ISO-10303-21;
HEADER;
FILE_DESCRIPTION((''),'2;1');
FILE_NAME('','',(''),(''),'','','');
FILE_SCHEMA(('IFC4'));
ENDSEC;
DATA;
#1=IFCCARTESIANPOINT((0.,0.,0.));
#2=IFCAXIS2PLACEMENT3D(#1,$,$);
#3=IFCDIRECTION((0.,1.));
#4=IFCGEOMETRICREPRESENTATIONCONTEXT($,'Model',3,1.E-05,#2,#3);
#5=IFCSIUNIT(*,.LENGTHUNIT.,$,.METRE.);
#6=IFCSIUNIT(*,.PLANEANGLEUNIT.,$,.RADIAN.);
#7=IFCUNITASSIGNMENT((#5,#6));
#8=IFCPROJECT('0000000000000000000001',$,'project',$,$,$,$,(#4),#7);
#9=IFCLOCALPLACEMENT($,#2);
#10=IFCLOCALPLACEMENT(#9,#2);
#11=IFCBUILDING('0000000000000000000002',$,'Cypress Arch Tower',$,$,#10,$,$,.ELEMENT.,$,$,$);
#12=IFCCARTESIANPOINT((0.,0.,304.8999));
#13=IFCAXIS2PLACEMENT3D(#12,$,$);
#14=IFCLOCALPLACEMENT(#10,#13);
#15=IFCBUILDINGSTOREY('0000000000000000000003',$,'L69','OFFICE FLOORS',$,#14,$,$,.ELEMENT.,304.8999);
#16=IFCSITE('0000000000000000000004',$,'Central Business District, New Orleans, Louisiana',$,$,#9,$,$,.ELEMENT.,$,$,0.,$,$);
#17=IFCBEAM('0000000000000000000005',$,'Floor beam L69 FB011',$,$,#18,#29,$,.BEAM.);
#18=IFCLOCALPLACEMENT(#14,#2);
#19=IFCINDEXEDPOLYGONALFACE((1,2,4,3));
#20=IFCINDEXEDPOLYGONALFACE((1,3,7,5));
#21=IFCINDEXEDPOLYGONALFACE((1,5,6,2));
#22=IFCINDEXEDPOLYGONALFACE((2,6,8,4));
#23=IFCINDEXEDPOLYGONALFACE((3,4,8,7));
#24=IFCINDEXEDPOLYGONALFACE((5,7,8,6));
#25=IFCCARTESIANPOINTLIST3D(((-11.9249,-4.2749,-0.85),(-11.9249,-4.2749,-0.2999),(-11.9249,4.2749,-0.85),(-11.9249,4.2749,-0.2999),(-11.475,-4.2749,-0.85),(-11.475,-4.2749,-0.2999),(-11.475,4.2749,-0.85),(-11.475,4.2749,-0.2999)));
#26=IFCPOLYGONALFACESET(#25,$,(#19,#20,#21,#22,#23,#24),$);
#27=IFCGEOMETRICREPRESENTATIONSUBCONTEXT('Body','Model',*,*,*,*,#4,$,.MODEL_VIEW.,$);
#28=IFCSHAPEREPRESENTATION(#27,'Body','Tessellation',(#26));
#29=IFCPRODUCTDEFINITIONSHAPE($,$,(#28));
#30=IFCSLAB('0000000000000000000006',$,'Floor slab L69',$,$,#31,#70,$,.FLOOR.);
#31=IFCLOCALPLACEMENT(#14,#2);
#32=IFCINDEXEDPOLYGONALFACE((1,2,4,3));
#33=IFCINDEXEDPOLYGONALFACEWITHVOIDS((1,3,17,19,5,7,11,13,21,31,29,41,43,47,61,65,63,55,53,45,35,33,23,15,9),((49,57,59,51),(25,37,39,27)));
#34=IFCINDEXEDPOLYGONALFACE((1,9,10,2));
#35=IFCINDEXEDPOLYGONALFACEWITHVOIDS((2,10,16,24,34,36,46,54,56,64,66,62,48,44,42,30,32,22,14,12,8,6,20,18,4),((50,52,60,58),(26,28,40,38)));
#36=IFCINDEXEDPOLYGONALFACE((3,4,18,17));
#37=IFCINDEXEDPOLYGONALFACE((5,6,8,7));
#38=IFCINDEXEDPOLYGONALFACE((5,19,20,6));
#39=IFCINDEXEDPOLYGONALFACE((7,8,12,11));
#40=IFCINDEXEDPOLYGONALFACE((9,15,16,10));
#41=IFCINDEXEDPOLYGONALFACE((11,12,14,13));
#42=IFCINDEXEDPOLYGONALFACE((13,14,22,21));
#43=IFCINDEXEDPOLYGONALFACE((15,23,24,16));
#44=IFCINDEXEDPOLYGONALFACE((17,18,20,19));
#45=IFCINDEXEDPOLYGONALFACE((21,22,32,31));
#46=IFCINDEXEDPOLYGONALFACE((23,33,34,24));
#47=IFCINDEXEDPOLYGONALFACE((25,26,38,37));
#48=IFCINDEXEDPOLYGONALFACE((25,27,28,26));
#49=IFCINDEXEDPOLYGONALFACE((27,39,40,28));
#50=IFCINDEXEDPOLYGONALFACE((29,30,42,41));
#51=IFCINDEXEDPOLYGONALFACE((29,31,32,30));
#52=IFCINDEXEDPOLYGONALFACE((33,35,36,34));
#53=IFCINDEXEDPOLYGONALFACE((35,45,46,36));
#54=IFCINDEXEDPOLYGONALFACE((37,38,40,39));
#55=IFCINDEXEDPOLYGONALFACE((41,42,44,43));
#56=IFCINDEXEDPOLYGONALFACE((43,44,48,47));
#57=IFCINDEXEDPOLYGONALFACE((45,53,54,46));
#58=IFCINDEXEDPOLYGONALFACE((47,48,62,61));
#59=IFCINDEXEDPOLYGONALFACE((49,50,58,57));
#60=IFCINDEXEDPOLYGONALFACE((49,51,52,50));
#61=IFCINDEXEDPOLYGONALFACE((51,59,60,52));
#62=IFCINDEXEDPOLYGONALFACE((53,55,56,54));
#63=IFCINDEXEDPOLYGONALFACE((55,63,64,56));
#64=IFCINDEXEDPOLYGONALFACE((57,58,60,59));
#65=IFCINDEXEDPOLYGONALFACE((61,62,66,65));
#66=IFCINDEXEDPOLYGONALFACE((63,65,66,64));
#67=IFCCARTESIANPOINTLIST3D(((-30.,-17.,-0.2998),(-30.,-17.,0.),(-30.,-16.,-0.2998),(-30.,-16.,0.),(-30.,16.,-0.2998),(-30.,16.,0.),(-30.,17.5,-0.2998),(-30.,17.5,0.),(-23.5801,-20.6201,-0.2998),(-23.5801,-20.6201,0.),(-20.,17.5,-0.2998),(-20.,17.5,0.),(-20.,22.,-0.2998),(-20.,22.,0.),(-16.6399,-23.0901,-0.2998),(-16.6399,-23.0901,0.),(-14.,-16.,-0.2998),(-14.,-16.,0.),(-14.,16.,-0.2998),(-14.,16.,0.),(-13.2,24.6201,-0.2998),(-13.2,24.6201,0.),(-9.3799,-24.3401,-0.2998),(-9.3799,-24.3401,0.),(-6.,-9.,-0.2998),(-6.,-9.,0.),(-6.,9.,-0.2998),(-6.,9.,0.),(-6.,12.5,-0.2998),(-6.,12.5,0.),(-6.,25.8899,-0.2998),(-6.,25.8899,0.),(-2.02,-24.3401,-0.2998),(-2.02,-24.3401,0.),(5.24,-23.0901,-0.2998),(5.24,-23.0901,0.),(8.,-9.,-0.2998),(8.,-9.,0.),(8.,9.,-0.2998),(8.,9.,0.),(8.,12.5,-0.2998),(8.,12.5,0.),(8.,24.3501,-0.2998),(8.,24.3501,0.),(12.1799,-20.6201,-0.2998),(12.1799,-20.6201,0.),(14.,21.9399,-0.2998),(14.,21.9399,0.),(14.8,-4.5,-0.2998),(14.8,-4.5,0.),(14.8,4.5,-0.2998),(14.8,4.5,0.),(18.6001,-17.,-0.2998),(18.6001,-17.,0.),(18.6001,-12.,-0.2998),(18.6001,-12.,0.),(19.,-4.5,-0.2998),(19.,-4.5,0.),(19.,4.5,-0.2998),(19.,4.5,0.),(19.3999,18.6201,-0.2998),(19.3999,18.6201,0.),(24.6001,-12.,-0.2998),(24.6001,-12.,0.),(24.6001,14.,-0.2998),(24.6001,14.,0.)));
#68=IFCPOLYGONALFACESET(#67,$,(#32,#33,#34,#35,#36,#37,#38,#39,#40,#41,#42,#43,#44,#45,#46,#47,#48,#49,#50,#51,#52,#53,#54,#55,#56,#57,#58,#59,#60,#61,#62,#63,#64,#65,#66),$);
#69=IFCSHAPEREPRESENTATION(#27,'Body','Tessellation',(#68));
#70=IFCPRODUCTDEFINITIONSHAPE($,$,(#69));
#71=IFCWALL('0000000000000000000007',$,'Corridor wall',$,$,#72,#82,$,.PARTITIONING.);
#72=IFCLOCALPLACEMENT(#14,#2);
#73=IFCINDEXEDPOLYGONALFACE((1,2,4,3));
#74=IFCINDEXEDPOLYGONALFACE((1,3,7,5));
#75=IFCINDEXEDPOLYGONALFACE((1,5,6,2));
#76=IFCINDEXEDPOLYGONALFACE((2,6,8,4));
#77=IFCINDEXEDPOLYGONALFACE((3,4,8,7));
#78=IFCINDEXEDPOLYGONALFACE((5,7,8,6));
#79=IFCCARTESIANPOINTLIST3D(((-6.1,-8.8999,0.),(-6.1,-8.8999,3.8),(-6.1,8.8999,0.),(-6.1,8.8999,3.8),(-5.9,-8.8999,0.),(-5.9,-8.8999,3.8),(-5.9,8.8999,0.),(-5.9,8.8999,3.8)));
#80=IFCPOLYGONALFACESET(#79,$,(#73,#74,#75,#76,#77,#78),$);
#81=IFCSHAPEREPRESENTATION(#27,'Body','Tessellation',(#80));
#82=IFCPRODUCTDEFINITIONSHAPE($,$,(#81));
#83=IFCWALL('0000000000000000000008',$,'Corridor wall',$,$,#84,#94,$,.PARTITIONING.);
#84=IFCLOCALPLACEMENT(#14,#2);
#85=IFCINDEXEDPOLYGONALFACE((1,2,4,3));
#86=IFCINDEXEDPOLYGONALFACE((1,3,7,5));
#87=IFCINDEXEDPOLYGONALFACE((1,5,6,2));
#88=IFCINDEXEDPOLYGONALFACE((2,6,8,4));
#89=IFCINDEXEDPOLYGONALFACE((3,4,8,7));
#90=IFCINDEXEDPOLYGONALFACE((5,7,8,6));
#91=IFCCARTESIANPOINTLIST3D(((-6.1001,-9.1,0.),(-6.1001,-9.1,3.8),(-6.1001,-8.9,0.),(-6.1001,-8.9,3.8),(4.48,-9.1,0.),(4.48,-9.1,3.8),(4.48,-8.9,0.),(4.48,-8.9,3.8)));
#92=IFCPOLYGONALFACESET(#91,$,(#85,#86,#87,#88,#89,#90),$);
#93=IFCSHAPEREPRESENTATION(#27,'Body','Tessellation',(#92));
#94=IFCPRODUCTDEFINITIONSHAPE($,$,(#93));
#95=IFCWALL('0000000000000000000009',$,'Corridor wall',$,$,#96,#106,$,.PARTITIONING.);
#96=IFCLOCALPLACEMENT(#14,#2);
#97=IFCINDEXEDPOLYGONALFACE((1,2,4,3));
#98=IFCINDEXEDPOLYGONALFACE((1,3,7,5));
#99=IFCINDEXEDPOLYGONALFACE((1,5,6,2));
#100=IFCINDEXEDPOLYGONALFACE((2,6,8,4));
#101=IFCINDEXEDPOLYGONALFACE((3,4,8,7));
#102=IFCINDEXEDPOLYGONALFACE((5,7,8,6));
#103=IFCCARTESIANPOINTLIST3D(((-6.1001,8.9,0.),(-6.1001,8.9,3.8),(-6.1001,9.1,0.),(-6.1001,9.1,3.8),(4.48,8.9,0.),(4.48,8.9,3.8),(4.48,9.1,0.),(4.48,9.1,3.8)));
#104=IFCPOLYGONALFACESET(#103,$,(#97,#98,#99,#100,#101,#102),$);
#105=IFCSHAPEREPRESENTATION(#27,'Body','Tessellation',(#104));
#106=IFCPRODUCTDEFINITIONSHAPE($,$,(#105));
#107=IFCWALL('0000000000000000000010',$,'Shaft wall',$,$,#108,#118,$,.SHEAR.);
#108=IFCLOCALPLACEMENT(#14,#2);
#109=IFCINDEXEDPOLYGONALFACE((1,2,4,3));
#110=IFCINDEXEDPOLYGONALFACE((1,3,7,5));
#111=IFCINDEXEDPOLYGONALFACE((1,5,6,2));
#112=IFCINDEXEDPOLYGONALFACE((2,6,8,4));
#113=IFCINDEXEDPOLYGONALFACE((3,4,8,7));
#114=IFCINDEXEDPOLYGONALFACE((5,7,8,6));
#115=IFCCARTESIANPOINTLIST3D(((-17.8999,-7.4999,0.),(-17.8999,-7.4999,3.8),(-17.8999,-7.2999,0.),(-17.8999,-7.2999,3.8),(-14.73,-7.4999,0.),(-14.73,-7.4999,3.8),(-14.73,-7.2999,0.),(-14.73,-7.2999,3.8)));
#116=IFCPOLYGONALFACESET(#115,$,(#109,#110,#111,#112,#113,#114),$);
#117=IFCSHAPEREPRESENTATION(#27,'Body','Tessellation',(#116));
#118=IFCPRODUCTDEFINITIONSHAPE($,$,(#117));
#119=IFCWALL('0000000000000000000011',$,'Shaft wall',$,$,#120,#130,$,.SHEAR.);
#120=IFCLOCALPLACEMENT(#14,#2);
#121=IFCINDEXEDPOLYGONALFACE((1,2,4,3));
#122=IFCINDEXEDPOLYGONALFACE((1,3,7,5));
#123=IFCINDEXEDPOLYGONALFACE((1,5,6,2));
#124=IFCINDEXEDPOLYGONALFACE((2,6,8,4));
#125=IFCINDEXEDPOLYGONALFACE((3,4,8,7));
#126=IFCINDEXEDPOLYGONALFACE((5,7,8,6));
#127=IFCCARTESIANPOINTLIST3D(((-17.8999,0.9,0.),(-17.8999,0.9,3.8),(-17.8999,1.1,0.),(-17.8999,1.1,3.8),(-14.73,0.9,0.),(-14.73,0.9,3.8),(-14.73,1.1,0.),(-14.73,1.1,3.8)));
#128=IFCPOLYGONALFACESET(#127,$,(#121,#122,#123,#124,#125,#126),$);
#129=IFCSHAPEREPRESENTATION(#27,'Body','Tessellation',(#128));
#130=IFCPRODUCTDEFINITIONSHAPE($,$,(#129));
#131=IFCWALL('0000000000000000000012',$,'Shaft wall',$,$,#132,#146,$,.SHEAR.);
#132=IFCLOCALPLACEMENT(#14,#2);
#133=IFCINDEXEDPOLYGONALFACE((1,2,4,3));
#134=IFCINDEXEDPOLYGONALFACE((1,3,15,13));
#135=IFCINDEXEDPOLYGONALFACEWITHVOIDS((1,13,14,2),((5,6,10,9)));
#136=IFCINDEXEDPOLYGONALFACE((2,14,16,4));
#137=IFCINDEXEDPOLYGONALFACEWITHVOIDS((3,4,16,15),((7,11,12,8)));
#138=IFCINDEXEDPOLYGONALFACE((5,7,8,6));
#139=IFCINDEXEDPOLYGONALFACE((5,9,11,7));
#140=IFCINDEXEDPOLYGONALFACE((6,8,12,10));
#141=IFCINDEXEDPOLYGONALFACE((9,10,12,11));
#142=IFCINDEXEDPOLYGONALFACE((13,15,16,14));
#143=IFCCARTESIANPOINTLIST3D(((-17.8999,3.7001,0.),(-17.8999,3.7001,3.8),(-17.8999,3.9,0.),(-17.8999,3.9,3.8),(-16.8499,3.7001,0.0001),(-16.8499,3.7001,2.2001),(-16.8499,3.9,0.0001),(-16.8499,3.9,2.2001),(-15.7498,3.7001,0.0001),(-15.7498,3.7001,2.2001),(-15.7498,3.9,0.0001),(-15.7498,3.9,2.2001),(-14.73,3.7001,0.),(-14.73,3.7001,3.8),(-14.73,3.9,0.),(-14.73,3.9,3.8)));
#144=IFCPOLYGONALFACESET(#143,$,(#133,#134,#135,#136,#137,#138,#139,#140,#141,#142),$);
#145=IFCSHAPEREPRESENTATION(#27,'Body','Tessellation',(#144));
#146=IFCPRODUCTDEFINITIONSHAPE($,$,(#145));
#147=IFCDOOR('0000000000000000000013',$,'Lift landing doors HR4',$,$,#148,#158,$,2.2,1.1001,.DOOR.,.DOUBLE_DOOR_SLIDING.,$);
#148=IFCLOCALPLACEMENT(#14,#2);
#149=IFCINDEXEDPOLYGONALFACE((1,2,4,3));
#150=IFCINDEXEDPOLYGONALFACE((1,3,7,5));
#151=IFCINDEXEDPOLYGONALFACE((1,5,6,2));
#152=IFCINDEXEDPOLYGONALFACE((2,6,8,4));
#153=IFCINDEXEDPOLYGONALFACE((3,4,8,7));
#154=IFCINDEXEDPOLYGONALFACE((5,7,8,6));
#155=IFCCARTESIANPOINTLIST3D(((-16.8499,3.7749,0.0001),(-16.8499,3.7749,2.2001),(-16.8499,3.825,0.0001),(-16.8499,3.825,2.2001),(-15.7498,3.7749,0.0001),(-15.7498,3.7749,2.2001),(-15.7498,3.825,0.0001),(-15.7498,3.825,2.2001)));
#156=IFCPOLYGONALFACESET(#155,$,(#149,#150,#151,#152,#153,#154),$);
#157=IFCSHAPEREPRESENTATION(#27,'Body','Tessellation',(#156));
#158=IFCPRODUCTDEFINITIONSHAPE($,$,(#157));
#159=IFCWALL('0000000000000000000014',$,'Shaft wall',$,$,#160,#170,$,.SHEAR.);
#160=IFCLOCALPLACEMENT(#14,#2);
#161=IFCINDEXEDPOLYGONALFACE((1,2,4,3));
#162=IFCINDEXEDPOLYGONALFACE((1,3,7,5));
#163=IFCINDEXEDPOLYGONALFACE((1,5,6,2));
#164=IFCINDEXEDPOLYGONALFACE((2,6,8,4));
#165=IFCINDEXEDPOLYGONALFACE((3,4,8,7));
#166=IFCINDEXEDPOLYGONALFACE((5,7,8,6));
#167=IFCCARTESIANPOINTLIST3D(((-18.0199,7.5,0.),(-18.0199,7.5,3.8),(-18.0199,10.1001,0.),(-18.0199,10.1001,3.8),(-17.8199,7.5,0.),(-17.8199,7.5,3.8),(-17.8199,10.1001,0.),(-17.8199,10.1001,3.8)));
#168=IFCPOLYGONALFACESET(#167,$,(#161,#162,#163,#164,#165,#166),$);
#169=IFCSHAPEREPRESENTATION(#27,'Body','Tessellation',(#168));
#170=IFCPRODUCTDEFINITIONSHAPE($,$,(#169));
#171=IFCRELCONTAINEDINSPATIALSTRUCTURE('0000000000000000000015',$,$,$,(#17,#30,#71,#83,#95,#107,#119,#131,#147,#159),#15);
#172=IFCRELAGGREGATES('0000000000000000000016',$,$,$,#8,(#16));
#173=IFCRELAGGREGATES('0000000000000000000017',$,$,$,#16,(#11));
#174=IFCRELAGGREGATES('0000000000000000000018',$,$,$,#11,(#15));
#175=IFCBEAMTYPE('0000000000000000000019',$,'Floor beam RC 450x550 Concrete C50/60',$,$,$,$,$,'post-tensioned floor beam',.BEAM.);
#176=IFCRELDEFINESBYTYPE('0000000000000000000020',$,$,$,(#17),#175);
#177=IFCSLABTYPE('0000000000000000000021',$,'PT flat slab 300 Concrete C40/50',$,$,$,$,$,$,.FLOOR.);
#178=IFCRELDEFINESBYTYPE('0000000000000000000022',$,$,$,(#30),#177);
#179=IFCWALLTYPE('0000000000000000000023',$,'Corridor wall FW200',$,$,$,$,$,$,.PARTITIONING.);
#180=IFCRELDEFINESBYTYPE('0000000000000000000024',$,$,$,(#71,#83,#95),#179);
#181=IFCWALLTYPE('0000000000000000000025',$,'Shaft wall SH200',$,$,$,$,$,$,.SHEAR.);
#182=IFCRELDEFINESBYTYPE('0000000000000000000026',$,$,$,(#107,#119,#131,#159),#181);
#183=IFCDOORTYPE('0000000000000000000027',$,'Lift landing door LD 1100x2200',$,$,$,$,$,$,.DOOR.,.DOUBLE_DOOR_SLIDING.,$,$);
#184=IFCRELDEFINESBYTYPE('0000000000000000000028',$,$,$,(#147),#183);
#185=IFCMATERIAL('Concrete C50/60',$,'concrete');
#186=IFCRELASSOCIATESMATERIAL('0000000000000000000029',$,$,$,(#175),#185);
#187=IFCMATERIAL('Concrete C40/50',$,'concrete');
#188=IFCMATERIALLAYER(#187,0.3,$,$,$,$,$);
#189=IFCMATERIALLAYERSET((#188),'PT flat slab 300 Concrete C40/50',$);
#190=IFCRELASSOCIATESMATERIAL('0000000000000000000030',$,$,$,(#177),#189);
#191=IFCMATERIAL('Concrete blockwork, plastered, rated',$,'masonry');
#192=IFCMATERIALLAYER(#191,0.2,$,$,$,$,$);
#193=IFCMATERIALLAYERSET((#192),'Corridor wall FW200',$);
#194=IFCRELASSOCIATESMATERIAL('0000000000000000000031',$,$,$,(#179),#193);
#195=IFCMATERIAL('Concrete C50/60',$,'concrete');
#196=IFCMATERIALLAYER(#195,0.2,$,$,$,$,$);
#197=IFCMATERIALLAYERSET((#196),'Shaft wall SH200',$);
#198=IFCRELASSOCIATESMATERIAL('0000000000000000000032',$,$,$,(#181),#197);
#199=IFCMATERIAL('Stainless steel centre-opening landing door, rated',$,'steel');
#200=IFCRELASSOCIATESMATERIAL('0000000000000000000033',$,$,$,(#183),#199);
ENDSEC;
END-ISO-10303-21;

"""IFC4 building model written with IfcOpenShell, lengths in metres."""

from ifc_helpers import new_model, si_unit, direction, frame, frame_2d, origin, origin_2d, place, context, subcontext, project, spatial, polyline, rectangle, outline, extrude, material, layer, layer_set, material_profile, profile_set, type_object, element, fill, save


model = new_model("IFC4")

# Units and contexts
model_context = context("Model", 3, precision=1e-05, world=origin(), true_north=direction((0.0, 1.0)))
body_context = subcontext(model_context, "Body", "Model", "MODEL_VIEW")
ifc_project = project(units=[si_unit("LENGTHUNIT", "METRE"), si_unit("PLANEANGLEUNIT", "RADIAN")], contexts=[model_context])

# Site, building, storey
site_placement = place(None, origin())
site = spatial("IfcSite", under=ifc_project, at=site_placement, Name="Central Business District, New Orleans, Louisiana", CompositionType="ELEMENT", RefElevation=0.0)
building_placement = place(site_placement, origin())
building = spatial("IfcBuilding", under=site, at=building_placement, Name="Cypress Arch Tower", CompositionType="ELEMENT")
storey_placement = place(building_placement, frame((0.0, 0.0, 304.8999)))
storey = spatial("IfcBuildingStorey", under=building, at=storey_placement, Name="L69", Description="OFFICE FLOORS", CompositionType="ELEMENT", Elevation=304.8999)

# Beam
ifc_material_1 = material(Name="Concrete C50/60", Category="concrete")
ifc_material_profile_1 = material_profile(ifc_material_1, rectangle(XDim=0.45, YDim=0.55, at=origin_2d()), Name="RC 450x550")
ifc_profile_set_1 = profile_set([ifc_material_profile_1], Name="Concrete C50/60")
beam_type = type_object("IfcBeamType", Name="Floor beam RC 450x550 Concrete C50/60", ElementType="post-tensioned floor beam", PredefinedType="BEAM", material=ifc_profile_set_1)
beam_placement = place(storey_placement, frame((-11.7, -4.2749, -0.575), z_axis=(0.0, 1.0, 0.0), x_axis=(-1.0, 0.0, 0.0)))
element("IfcBeam", 1, at=beam_placement, inside=storey, type_object=beam_type, Name="Floor beam L69 FB011", PredefinedType="BEAM", context=body_context, shape_type="SweptSolid", body=[
    extrude(rectangle(XDim=0.45, YDim=0.55, at=origin_2d()), origin(), (0.0, 0.0, 1.0), 8.5498),
])

# Slab
ifc_material_2 = material(Name="Concrete C40/50", Category="concrete")
ifc_layer_1 = layer(ifc_material_2, 0.3)
ifc_layer_set_1 = layer_set([ifc_layer_1], Name="PT flat slab 300 Concrete C40/50")
slab_type = type_object("IfcSlabType", Name="PT flat slab 300 Concrete C40/50", PredefinedType="FLOOR", material=ifc_layer_set_1)
slab_placement = place(storey_placement, frame((0.0, 0.0, -0.2998)))
element("IfcSlab", 2, at=slab_placement, inside=storey, type_object=slab_type, Name="Floor slab L69", PredefinedType="FLOOR", context=body_context, shape_type="SweptSolid", body=[
    extrude(outline(polyline([(-30.0, 17.5), (-20.0, 17.5), (-20.0, 22.0), (-13.2, 24.6201), (-6.0, 25.8899), (-6.0, 12.5), (8.0, 12.5), (8.0, 24.3501), (14.0, 21.9399), (19.3999, 18.6201), (24.6001, 14.0), (24.6001, -12.0), (18.6001, -12.0), (18.6001, -17.0), (12.1799, -20.6201), (5.24, -23.0901), (-2.02, -24.3401), (-9.3799, -24.3401), (-16.6399, -23.0901), (-23.5801, -20.6201), (-30.0, -17.0), (-30.0, -16.0), (-14.0, -16.0), (-14.0, 16.0), (-30.0, 16.0), (-30.0, 17.5)]), holes=[polyline([(-6.0, -9.0), (8.0, -9.0), (8.0, 9.0), (-6.0, 9.0), (-6.0, -9.0)]), polyline([(14.8, -4.5), (19.0, -4.5), (19.0, 4.5), (14.8, 4.5), (14.8, -4.5)])]), origin(), (0.0, 0.0, 1.0), 0.2998),
])

# Walls
ifc_material_3 = material(Name="Concrete blockwork, plastered, rated", Category="masonry")
ifc_layer_2 = layer(ifc_material_3, 0.2)
ifc_layer_set_2 = layer_set([ifc_layer_2], Name="Corridor wall FW200")
wall_type_1 = type_object("IfcWallType", Name="Corridor wall FW200", PredefinedType="PARTITIONING", material=ifc_layer_set_2)
wall_1_placement = place(storey_placement, frame((-6.0, -8.8999, 0.0), z_axis=(0.0, 0.0, 1.0), x_axis=(0.0, 1.0, 0.0)))
element("IfcWall", 3, at=wall_1_placement, inside=storey, type_object=wall_type_1, Name="Corridor wall", PredefinedType="PARTITIONING", context=body_context, shape_type="SweptSolid", body=[
    extrude(rectangle(XDim=17.7998, YDim=0.2, at=frame_2d((8.8999, 0.0))), origin(), (0.0, 0.0, 1.0), 3.8),
])
for number, where, z_axis, x_axis, name in (
    (4, (-6.1001, -9.0, 0.0), (0.0, 0.0, 1.0), (1.0, 0.0, 0.0), "Corridor wall"),
    (5, (-6.1001, 9.0, 0.0), (0.0, 0.0, 1.0), (1.0, 0.0, 0.0), "Corridor wall"),
):
    element("IfcWall", number, at=place(storey_placement, frame(where, z_axis=z_axis, x_axis=x_axis)), inside=storey, type_object=wall_type_1, Name=name, PredefinedType="PARTITIONING", context=body_context, shape_type="SweptSolid", body=[
        extrude(rectangle(XDim=10.5801, YDim=0.2, at=frame_2d((5.29, 0.0))), origin(), (0.0, 0.0, 1.0), 3.8),
    ])
ifc_material_4 = material(Name="Concrete C50/60", Category="concrete")
ifc_layer_3 = layer(ifc_material_4, 0.2)
ifc_layer_set_3 = layer_set([ifc_layer_3], Name="Shaft wall SH200")
wall_type_2 = type_object("IfcWallType", Name="Shaft wall SH200", PredefinedType="SHEAR", material=ifc_layer_set_3)
for number, where, z_axis, x_axis, name in (
    (6, (-17.8999, -7.3999, 0.0), (0.0, 0.0, 1.0), (1.0, 0.0, 0.0), "Shaft wall"),
    (7, (-17.8999, 1.0, 0.0), (0.0, 0.0, 1.0), (1.0, 0.0, 0.0), "Shaft wall"),
):
    element("IfcWall", number, at=place(storey_placement, frame(where, z_axis=z_axis, x_axis=x_axis)), inside=storey, type_object=wall_type_2, Name=name, PredefinedType="SHEAR", context=body_context, shape_type="SweptSolid", body=[
        extrude(rectangle(XDim=3.1699, YDim=0.2, at=frame_2d((1.585, 0.0))), origin(), (0.0, 0.0, 1.0), 3.8),
    ])

# Wall, opening, door
wall_2_placement = place(storey_placement, frame((-17.8999, 3.8, 0.0), z_axis=(0.0, 0.0, 1.0), x_axis=(1.0, 0.0, 0.0)))
wall_2 = element("IfcWall", 8, at=wall_2_placement, inside=storey, type_object=wall_type_2, Name="Shaft wall", PredefinedType="SHEAR", context=body_context, shape_type="SweptSolid", body=[
    extrude(rectangle(XDim=3.1699, YDim=0.2, at=frame_2d((1.585, 0.0))), origin(), (0.0, 0.0, 1.0), 3.8),
])
opening_placement = place(wall_2_placement, frame((1.05, 0.0, 0.0)))
opening = element("IfcOpeningElement", 9, at=opening_placement, cuts=wall_2, PredefinedType="OPENING", context=body_context, shape_type="SweptSolid", body=[
    extrude(rectangle(XDim=1.1001, YDim=2.2, at=frame_2d((0.55, 1.1001))), frame((0.0, 0.1099, 0.0), z_axis=(0.0, -1.0, 0.0), x_axis=(1.0, 0.0, 0.0)), (0.0, 0.0, 1.0), 0.22),
])
ifc_material_5 = material(Name="Stainless steel centre-opening landing door, rated", Category="steel")
door_type = type_object("IfcDoorType", Name="Lift landing door LD 1100x2200", OperationType="DOUBLE_DOOR_SLIDING", PredefinedType="DOOR", material=ifc_material_5)
door_placement = place(opening_placement, origin())
door = element("IfcDoor", 10, at=door_placement, inside=storey, type_object=door_type, Name="Lift landing doors HR4", OperationType="DOUBLE_DOOR_SLIDING", OverallHeight=2.2, OverallWidth=1.1001, PredefinedType="DOOR", context=body_context, shape_type="SweptSolid", body=[
    extrude(rectangle(XDim=1.1001, YDim=2.2, at=frame_2d((0.55, 1.1001))), frame((0.0, 0.0249, 0.0), z_axis=(0.0, -1.0, 0.0), x_axis=(1.0, 0.0, 0.0)), (0.0, 0.0, 1.0), 0.05),
])
fill(opening, door)

# Wall
wall_3_placement = place(storey_placement, frame((-17.9199, 7.5, 0.0), z_axis=(0.0, 0.0, 1.0), x_axis=(0.0, 1.0, 0.0)))
element("IfcWall", 11, at=wall_3_placement, inside=storey, type_object=wall_type_2, Name="Shaft wall", PredefinedType="SHEAR", context=body_context, shape_type="SweptSolid", body=[
    extrude(rectangle(XDim=2.6001, YDim=0.2, at=frame_2d((1.3, 0.0))), origin(), (0.0, 0.0, 1.0), 3.8),
])

save(model, "model.ifc")
